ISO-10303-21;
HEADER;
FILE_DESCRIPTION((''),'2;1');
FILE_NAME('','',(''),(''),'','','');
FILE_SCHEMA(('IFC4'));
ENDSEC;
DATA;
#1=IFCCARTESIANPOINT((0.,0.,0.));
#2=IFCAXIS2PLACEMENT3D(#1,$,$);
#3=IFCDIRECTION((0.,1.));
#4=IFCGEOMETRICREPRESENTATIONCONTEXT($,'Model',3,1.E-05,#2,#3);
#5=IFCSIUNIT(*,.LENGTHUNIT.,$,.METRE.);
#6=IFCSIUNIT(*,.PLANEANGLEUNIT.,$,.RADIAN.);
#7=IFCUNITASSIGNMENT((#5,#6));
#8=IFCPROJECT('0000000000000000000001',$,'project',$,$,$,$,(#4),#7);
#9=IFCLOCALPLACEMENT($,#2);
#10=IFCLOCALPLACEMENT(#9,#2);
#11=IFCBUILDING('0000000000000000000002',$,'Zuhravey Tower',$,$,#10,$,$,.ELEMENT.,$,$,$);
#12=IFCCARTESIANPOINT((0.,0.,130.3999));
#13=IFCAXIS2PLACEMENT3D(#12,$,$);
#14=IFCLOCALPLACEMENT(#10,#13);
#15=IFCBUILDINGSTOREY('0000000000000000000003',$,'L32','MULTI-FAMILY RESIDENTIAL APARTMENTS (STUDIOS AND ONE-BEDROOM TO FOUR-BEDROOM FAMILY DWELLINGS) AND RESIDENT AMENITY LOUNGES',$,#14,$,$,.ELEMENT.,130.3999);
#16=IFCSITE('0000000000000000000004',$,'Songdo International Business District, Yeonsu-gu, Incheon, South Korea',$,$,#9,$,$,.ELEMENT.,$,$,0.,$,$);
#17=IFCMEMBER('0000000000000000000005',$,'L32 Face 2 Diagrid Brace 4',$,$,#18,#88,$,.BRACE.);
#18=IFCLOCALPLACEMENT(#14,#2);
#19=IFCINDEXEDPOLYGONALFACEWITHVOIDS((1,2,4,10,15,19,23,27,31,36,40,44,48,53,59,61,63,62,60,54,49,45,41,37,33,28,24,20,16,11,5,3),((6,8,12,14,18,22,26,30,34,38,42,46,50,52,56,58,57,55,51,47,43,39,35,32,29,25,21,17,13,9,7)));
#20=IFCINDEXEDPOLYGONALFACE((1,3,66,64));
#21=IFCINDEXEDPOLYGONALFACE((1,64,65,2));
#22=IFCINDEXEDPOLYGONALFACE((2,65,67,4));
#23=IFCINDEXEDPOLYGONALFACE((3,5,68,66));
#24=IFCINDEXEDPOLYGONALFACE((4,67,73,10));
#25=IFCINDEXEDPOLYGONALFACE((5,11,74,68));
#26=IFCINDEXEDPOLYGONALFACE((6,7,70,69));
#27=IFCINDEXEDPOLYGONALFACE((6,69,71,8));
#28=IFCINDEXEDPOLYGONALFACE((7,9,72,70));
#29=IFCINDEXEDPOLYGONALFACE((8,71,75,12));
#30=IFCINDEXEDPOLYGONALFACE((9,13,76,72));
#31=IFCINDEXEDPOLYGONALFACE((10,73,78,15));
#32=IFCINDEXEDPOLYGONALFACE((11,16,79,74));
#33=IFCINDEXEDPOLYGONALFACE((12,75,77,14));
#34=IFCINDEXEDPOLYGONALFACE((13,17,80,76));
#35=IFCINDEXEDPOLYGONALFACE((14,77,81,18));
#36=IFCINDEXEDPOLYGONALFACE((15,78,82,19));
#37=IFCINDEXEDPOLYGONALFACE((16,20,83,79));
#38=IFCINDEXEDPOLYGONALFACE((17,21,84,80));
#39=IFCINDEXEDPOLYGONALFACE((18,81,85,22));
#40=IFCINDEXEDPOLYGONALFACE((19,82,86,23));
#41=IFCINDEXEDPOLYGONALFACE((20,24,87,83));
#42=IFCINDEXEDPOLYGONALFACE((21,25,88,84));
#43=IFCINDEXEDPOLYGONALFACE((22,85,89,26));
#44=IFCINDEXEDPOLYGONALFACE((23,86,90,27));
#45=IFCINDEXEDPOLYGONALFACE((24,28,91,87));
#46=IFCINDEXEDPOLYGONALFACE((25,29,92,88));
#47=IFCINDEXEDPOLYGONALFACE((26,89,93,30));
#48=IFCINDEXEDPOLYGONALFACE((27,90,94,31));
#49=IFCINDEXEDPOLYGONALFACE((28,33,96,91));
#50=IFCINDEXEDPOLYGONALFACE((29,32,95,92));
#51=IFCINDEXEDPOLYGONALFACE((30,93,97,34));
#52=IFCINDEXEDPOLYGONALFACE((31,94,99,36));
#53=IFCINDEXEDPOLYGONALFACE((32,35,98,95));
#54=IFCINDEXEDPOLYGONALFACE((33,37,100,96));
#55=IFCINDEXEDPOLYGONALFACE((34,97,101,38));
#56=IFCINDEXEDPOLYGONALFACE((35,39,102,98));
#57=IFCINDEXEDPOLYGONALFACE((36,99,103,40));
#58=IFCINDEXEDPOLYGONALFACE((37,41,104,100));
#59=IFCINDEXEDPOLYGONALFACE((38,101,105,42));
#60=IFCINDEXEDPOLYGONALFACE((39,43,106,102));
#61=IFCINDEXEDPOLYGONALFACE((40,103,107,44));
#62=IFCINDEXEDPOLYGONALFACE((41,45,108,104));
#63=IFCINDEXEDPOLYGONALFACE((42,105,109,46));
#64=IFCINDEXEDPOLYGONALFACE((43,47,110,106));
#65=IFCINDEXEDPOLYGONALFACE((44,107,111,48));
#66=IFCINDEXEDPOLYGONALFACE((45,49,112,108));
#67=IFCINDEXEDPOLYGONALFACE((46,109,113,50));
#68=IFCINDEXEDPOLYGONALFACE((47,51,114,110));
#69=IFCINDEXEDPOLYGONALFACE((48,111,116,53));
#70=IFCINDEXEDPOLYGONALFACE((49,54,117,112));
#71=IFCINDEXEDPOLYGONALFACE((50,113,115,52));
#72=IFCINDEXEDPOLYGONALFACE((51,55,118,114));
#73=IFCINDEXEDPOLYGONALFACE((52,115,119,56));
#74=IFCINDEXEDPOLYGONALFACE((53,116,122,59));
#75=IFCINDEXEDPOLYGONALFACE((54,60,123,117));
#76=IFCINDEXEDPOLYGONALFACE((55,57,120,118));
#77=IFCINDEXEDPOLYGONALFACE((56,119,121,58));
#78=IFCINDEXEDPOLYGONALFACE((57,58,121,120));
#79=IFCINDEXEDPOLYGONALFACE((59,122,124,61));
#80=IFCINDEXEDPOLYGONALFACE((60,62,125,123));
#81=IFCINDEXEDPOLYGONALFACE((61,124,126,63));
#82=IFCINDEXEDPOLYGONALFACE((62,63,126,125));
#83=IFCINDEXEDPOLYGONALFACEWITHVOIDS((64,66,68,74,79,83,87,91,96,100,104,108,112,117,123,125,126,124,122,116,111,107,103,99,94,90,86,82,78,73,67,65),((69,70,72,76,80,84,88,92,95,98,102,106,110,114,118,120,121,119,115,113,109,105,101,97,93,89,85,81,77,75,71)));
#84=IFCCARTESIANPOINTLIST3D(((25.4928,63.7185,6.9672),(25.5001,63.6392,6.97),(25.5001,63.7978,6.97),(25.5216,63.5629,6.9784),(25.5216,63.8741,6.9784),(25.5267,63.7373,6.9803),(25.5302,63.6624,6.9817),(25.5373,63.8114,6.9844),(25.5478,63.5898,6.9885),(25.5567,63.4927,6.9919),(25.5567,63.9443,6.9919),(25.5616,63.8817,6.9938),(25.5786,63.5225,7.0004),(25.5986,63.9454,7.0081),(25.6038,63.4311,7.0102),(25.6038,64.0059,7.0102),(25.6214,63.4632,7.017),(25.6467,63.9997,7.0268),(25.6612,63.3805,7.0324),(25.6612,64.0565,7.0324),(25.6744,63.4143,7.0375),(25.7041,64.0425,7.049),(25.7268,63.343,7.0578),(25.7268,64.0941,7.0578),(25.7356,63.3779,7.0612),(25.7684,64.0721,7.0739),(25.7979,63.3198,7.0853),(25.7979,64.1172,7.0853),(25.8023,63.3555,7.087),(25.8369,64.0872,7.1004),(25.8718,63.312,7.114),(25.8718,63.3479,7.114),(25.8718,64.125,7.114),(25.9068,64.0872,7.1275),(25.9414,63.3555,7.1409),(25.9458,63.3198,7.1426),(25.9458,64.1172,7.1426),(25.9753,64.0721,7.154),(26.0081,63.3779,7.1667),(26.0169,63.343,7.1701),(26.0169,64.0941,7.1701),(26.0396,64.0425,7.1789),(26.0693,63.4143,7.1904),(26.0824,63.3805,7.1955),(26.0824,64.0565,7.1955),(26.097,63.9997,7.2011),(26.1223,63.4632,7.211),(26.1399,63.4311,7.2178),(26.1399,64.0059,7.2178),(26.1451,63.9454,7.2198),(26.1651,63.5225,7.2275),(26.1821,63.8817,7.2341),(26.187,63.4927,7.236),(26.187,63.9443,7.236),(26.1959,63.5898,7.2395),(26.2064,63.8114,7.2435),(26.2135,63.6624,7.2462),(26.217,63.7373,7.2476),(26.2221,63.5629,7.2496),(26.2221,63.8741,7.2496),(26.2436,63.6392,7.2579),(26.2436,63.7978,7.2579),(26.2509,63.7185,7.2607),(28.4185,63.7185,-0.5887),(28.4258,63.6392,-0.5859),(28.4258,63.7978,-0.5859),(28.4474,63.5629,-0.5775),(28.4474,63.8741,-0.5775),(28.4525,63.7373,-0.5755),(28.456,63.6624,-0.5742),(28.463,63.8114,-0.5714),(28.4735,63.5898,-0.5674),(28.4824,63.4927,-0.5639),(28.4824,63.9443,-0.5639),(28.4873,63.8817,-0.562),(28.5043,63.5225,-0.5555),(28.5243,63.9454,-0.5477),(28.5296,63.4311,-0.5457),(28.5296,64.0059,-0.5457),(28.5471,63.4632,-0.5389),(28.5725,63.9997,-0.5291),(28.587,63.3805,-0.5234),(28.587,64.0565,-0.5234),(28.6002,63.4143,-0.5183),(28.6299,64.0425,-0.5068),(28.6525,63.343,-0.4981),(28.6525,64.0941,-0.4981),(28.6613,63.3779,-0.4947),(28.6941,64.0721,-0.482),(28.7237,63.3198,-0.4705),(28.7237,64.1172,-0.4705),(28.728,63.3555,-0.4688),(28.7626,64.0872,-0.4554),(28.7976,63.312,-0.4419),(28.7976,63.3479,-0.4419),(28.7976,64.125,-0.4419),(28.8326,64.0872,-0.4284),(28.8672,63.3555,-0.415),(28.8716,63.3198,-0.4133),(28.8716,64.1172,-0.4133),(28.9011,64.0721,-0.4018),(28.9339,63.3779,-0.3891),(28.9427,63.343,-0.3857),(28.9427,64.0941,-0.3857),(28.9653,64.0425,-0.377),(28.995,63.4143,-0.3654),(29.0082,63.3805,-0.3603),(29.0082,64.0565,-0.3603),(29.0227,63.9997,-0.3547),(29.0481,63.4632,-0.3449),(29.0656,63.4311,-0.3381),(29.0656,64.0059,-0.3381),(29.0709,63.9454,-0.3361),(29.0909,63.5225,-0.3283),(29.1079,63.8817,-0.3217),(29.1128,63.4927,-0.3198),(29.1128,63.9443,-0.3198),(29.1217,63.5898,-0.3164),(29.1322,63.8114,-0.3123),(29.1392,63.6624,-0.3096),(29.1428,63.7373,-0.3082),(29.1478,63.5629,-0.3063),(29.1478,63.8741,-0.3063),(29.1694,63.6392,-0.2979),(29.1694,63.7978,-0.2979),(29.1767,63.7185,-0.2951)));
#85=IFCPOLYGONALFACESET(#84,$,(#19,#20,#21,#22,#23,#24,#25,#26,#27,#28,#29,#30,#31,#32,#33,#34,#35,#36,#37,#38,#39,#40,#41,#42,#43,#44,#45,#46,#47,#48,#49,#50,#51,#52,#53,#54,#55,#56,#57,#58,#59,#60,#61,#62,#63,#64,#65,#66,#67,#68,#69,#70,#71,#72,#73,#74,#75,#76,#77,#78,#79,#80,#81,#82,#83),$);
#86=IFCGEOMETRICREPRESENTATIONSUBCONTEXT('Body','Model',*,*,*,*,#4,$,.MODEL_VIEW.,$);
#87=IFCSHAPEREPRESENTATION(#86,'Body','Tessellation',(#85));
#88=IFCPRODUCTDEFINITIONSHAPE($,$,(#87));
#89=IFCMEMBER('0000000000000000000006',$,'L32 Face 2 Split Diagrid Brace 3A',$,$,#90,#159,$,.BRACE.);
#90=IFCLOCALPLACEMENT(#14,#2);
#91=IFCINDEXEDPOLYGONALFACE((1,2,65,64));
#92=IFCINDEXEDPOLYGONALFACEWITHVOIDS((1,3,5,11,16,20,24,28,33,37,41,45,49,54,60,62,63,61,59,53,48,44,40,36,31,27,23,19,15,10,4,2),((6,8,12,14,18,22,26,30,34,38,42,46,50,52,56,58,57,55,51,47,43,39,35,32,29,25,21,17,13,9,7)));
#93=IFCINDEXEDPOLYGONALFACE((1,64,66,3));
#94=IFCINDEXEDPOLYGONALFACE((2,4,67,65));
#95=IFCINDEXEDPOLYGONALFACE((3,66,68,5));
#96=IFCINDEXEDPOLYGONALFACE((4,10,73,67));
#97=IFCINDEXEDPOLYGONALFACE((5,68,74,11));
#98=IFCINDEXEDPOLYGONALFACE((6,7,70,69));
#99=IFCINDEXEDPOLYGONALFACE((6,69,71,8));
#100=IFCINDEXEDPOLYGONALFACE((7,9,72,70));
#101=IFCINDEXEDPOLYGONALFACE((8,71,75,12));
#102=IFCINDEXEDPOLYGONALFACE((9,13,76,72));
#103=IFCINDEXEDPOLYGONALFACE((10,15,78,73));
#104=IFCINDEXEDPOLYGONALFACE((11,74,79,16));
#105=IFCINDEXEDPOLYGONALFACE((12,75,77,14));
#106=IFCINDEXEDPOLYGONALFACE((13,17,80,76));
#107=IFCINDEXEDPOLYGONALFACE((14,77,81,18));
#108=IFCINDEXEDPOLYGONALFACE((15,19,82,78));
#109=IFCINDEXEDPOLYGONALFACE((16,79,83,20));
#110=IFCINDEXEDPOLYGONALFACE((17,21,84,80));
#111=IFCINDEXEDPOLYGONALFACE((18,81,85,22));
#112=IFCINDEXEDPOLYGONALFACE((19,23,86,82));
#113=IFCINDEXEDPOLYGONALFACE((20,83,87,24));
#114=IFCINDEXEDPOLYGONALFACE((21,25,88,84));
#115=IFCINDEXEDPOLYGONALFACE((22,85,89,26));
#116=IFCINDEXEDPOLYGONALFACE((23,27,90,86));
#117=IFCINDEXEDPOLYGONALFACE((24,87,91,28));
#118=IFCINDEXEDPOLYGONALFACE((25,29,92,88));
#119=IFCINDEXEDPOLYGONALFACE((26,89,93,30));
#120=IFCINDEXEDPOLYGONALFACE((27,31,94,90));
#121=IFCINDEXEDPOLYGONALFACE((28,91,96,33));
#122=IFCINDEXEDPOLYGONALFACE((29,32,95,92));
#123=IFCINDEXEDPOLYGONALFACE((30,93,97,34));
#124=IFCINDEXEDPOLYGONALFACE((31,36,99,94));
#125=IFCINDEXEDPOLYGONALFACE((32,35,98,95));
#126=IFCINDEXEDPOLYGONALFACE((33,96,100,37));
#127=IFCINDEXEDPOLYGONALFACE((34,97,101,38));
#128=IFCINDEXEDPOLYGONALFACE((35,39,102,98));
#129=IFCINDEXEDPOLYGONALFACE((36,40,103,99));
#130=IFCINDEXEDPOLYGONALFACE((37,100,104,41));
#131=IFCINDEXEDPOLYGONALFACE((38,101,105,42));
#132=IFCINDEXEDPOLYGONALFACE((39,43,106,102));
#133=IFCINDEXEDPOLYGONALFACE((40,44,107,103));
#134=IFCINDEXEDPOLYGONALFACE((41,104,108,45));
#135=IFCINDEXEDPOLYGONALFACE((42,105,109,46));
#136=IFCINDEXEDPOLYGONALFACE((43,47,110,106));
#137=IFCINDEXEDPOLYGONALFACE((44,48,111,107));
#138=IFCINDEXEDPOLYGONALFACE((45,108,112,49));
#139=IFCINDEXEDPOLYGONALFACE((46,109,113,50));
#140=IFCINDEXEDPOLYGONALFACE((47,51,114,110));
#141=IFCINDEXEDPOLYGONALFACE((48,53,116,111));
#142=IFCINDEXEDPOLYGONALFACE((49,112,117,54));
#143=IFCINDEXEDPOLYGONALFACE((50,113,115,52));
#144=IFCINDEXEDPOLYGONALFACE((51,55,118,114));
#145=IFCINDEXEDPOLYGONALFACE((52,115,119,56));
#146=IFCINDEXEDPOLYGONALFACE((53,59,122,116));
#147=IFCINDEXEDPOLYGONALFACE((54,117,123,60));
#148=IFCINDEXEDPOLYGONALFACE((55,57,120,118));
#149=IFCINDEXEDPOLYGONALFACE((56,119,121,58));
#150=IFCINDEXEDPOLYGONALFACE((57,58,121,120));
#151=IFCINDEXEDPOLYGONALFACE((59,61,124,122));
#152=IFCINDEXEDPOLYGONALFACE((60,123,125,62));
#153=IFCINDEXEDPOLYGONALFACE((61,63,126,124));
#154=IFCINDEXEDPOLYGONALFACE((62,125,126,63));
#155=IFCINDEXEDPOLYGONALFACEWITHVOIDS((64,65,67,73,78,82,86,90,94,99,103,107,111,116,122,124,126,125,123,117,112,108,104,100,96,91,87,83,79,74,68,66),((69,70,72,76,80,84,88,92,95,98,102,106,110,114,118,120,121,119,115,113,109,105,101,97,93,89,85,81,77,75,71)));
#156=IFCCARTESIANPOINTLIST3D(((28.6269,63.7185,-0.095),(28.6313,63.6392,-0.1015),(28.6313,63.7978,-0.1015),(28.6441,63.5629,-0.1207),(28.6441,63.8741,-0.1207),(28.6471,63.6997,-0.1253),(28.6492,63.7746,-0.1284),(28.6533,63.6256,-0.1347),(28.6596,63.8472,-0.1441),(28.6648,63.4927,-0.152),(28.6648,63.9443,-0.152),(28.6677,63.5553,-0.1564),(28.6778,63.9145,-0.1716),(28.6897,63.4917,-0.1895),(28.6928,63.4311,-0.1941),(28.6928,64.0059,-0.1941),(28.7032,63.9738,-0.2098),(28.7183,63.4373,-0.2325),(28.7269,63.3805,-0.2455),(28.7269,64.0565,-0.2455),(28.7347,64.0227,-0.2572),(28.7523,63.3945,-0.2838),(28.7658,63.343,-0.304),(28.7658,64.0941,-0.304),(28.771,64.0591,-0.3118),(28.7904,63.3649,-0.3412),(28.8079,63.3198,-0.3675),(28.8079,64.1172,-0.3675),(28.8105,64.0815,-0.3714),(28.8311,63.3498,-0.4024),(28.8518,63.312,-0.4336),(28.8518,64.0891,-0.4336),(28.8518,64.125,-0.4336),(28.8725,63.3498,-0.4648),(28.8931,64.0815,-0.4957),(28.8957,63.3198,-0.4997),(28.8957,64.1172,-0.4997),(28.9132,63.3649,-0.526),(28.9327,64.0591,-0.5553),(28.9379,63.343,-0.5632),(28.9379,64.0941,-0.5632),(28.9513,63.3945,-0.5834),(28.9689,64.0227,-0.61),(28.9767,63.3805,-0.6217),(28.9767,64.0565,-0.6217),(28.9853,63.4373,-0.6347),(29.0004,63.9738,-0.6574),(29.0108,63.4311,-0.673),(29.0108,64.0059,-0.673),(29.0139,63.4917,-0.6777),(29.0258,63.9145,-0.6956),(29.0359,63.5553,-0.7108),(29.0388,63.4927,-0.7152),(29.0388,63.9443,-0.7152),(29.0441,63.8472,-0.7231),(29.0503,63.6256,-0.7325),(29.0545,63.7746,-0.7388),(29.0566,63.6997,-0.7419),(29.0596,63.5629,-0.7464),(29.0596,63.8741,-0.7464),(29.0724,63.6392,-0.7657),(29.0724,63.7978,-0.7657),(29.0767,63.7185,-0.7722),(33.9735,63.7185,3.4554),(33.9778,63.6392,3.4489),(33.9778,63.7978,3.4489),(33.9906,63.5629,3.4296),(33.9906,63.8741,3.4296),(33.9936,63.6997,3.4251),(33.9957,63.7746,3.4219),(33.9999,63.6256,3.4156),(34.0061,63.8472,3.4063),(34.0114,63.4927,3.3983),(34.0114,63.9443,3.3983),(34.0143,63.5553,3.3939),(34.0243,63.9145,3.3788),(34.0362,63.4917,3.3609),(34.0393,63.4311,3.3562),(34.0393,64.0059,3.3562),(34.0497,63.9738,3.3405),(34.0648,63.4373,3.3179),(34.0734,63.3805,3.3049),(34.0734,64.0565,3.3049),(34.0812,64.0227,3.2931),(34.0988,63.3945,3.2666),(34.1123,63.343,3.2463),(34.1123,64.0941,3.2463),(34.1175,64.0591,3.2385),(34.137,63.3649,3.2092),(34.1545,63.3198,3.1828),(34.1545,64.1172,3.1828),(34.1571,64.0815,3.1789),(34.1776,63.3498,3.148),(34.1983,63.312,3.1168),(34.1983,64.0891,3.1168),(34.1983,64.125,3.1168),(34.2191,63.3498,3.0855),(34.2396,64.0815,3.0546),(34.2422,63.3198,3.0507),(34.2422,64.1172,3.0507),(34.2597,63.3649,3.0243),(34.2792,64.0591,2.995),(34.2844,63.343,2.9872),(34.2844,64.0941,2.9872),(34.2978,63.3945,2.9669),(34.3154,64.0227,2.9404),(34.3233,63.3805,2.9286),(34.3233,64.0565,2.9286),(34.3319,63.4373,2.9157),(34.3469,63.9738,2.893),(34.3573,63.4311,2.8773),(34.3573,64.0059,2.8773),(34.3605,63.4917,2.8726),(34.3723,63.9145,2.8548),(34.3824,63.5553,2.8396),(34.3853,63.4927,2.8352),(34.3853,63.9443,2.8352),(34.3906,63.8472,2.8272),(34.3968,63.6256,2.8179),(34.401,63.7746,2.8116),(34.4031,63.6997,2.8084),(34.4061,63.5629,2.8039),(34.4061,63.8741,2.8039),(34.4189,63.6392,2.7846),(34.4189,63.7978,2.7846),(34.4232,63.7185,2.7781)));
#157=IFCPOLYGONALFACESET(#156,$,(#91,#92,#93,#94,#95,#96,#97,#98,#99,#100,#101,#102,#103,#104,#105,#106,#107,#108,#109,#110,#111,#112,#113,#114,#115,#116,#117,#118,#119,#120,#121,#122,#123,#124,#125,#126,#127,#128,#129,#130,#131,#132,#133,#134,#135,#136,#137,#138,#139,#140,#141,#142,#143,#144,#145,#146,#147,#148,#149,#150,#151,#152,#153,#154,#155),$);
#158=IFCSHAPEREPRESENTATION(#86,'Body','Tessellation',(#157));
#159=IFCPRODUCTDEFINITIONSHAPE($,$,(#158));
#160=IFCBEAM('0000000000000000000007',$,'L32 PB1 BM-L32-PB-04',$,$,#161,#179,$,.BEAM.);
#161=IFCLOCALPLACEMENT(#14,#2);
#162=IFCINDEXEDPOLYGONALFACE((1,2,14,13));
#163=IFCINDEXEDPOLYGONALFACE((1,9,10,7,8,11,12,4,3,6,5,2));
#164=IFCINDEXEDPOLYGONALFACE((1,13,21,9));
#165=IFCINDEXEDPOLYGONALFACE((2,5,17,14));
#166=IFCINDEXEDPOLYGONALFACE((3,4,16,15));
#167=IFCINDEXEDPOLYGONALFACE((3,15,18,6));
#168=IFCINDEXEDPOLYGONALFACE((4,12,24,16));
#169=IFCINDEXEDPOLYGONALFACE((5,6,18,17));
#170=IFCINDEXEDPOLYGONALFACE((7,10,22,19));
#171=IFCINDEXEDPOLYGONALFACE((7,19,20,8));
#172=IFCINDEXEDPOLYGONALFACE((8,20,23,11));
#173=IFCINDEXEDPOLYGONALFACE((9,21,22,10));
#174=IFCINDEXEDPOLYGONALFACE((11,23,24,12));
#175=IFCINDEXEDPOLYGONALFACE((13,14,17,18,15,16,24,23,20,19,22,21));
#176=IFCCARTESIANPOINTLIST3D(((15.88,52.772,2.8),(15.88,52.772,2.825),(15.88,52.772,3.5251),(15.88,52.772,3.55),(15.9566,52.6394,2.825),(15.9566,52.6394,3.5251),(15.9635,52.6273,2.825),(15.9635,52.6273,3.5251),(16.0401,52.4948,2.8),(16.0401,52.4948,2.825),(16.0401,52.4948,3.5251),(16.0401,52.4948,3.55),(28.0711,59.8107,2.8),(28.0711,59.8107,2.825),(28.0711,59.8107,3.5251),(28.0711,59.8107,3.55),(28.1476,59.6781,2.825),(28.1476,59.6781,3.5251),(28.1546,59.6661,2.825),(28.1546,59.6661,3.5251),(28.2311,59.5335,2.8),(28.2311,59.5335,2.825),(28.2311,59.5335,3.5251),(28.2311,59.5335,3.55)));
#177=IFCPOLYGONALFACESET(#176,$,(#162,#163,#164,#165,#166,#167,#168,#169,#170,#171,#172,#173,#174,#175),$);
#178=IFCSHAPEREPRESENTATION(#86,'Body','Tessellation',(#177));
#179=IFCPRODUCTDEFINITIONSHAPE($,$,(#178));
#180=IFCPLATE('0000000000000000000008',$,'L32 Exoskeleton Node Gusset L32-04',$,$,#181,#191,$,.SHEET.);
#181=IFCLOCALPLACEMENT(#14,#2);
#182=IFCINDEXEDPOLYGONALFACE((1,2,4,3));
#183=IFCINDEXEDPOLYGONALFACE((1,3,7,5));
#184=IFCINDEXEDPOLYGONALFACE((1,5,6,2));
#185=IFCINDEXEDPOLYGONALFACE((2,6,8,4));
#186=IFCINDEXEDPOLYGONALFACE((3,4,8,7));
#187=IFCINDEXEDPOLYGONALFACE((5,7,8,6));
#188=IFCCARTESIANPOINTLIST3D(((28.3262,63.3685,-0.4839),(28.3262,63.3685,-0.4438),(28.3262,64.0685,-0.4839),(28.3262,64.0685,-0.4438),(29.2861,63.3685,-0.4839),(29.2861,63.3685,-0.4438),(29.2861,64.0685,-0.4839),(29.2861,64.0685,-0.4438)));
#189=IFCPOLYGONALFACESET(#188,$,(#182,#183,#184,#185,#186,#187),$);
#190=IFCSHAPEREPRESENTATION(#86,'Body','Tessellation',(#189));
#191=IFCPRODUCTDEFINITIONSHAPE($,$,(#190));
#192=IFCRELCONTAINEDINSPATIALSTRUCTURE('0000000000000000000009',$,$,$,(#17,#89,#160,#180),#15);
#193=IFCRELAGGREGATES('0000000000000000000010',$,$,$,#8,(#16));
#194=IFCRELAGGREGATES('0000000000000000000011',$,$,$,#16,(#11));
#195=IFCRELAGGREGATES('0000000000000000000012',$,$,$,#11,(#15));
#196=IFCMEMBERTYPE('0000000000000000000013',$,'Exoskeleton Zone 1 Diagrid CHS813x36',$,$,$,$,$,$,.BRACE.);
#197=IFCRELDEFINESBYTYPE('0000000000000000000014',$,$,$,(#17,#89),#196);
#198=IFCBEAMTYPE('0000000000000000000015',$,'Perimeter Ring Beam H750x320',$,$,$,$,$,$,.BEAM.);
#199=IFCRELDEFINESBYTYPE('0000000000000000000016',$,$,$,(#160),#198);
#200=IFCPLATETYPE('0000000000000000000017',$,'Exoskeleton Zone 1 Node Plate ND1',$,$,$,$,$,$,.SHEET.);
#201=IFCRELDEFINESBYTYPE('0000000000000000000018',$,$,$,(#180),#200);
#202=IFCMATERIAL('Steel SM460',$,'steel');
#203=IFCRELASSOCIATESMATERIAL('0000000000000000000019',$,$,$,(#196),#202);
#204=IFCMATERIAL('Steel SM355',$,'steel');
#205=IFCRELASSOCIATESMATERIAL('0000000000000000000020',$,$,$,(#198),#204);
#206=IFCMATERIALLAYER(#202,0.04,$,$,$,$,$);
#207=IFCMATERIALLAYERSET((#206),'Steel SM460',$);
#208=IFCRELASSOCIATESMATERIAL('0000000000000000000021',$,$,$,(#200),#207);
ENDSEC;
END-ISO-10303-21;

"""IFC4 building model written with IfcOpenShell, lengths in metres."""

from ifc_helpers import new_model, si_unit, direction, frame, origin, origin_2d, place, context, subcontext, project, spatial, rectangle, hollow_circle, i_section, extrude, material, layer, layer_set, material_profile, profile_set, type_object, element, save


model = new_model("IFC4")

# Units and contexts
model_context = context("Model", 3, precision=1e-05, world=origin(), true_north=direction((0.0, 1.0)))
body_context = subcontext(model_context, "Body", "Model", "MODEL_VIEW")
ifc_project = project(units=[si_unit("LENGTHUNIT", "METRE"), si_unit("PLANEANGLEUNIT", "RADIAN")], contexts=[model_context])

# Site, building, storey
site_placement = place(None, origin())
site = spatial("IfcSite", under=ifc_project, at=site_placement, Name="Songdo International Business District, Yeonsu-gu, Incheon, South Korea", CompositionType="ELEMENT", RefElevation=0.0)
building_placement = place(site_placement, origin())
building = spatial("IfcBuilding", under=site, at=building_placement, Name="Zuhravey Tower", CompositionType="ELEMENT")
storey_placement = place(building_placement, frame((0.0, 0.0, 130.3999)))
storey = spatial("IfcBuildingStorey", under=building, at=storey_placement, Name="L32", Description="MULTI-FAMILY RESIDENTIAL APARTMENTS (STUDIOS AND ONE-BEDROOM TO FOUR-BEDROOM FAMILY DWELLINGS) AND RESIDENT AMENITY LOUNGES", CompositionType="ELEMENT", Elevation=130.3999)

# Members
ifc_material_1 = material(Name="Steel SM460", Category="steel")
ifc_material_profile_1 = material_profile(ifc_material_1, hollow_circle(Radius=0.4065, WallThickness=0.0359, at=origin_2d()), Name="CHS-812.8x36")
ifc_profile_set_1 = profile_set([ifc_material_profile_1], Name="Steel SM460")
member_type_1 = type_object("IfcMemberType", Name="Exoskeleton Zone 1 Diagrid CHS813x36", PredefinedType="BRACE", material=ifc_profile_set_1)
member_1_placement = place(storey_placement, frame((28.7976, 63.7185, -0.4419), z_axis=(-0.361092, 0.0, 0.93253), x_axis=(0.0, -1.0, 0.0)))
element("IfcMember", 1, at=member_1_placement, inside=storey, type_object=member_type_1, Name="L32 Face 2 Diagrid Brace 4", PredefinedType="BRACE", context=body_context, shape_type="SweptSolid", body=[
    extrude(hollow_circle(Radius=0.4065, WallThickness=0.0359, at=origin_2d()), origin(), (0.0, 0.0, 1.0), 8.1025),
])
member_2_placement = place(storey_placement, frame((28.8518, 63.7185, -0.4336), z_axis=(0.833056, 0.0, 0.553189), x_axis=(0.0, 1.0, 0.0)))
element("IfcMember", 2, at=member_2_placement, inside=storey, type_object=member_type_1, Name="L32 Face 2 Split Diagrid Brace 3A", PredefinedType="BRACE", context=body_context, shape_type="SweptSolid", body=[
    extrude(hollow_circle(Radius=0.4065, WallThickness=0.0359, at=origin_2d()), origin(), (0.0, 0.0, 1.0), 6.418),
])

# Beam
ifc_material_2 = material(Name="Steel SM355", Category="steel")
ifc_material_profile_2 = material_profile(ifc_material_2, i_section(OverallWidth=0.3201, OverallDepth=0.75, WebThickness=0.0139, FlangeThickness=0.0249, at=origin_2d()), Name="H-750x320x14x25")
ifc_profile_set_2 = profile_set([ifc_material_profile_2], Name="Steel SM355")
beam_type = type_object("IfcBeamType", Name="Perimeter Ring Beam H750x320", PredefinedType="BEAM", material=ifc_profile_set_2)
beam_placement = place(storey_placement, frame((28.1511, 59.6721, 3.175), z_axis=(-0.866018, -0.500013, 0.0), x_axis=(0.500013, -0.866018, 0.0)))
element("IfcBeam", 3, at=beam_placement, inside=storey, type_object=beam_type, Name="L32 PB1 BM-L32-PB-04", PredefinedType="BEAM", context=body_context, shape_type="SweptSolid", body=[
    extrude(i_section(OverallWidth=0.3201, OverallDepth=0.75, WebThickness=0.0139, FlangeThickness=0.0249, at=origin_2d()), origin(), (0.0, 0.0, 1.0), 14.0771),
])

# Plate
ifc_layer_1 = layer(ifc_material_1, 0.04)
ifc_layer_set_1 = layer_set([ifc_layer_1], Name="Steel SM460")
plate_type_1 = type_object("IfcPlateType", Name="Exoskeleton Zone 1 Node Plate ND1", PredefinedType="SHEET", material=ifc_layer_set_1)
for number, where, z_axis, x_axis, name in (
    (4, (28.8062, 63.7185, -0.4839), (0.0, 0.0, 1.0), (-1.0, 0.0, 0.0), "L32 Exoskeleton Node Gusset L32-04"),
):
    element("IfcPlate", number, at=place(storey_placement, frame(where, z_axis=z_axis, x_axis=x_axis)), inside=storey, type_object=plate_type_1, Name=name, PredefinedType="SHEET", context=body_context, shape_type="SweptSolid", body=[
        extrude(rectangle(XDim=0.96, YDim=0.7, at=origin_2d()), origin(), (0.0, 0.0, 1.0), 0.04),
    ])

save(model, "model.ifc")
